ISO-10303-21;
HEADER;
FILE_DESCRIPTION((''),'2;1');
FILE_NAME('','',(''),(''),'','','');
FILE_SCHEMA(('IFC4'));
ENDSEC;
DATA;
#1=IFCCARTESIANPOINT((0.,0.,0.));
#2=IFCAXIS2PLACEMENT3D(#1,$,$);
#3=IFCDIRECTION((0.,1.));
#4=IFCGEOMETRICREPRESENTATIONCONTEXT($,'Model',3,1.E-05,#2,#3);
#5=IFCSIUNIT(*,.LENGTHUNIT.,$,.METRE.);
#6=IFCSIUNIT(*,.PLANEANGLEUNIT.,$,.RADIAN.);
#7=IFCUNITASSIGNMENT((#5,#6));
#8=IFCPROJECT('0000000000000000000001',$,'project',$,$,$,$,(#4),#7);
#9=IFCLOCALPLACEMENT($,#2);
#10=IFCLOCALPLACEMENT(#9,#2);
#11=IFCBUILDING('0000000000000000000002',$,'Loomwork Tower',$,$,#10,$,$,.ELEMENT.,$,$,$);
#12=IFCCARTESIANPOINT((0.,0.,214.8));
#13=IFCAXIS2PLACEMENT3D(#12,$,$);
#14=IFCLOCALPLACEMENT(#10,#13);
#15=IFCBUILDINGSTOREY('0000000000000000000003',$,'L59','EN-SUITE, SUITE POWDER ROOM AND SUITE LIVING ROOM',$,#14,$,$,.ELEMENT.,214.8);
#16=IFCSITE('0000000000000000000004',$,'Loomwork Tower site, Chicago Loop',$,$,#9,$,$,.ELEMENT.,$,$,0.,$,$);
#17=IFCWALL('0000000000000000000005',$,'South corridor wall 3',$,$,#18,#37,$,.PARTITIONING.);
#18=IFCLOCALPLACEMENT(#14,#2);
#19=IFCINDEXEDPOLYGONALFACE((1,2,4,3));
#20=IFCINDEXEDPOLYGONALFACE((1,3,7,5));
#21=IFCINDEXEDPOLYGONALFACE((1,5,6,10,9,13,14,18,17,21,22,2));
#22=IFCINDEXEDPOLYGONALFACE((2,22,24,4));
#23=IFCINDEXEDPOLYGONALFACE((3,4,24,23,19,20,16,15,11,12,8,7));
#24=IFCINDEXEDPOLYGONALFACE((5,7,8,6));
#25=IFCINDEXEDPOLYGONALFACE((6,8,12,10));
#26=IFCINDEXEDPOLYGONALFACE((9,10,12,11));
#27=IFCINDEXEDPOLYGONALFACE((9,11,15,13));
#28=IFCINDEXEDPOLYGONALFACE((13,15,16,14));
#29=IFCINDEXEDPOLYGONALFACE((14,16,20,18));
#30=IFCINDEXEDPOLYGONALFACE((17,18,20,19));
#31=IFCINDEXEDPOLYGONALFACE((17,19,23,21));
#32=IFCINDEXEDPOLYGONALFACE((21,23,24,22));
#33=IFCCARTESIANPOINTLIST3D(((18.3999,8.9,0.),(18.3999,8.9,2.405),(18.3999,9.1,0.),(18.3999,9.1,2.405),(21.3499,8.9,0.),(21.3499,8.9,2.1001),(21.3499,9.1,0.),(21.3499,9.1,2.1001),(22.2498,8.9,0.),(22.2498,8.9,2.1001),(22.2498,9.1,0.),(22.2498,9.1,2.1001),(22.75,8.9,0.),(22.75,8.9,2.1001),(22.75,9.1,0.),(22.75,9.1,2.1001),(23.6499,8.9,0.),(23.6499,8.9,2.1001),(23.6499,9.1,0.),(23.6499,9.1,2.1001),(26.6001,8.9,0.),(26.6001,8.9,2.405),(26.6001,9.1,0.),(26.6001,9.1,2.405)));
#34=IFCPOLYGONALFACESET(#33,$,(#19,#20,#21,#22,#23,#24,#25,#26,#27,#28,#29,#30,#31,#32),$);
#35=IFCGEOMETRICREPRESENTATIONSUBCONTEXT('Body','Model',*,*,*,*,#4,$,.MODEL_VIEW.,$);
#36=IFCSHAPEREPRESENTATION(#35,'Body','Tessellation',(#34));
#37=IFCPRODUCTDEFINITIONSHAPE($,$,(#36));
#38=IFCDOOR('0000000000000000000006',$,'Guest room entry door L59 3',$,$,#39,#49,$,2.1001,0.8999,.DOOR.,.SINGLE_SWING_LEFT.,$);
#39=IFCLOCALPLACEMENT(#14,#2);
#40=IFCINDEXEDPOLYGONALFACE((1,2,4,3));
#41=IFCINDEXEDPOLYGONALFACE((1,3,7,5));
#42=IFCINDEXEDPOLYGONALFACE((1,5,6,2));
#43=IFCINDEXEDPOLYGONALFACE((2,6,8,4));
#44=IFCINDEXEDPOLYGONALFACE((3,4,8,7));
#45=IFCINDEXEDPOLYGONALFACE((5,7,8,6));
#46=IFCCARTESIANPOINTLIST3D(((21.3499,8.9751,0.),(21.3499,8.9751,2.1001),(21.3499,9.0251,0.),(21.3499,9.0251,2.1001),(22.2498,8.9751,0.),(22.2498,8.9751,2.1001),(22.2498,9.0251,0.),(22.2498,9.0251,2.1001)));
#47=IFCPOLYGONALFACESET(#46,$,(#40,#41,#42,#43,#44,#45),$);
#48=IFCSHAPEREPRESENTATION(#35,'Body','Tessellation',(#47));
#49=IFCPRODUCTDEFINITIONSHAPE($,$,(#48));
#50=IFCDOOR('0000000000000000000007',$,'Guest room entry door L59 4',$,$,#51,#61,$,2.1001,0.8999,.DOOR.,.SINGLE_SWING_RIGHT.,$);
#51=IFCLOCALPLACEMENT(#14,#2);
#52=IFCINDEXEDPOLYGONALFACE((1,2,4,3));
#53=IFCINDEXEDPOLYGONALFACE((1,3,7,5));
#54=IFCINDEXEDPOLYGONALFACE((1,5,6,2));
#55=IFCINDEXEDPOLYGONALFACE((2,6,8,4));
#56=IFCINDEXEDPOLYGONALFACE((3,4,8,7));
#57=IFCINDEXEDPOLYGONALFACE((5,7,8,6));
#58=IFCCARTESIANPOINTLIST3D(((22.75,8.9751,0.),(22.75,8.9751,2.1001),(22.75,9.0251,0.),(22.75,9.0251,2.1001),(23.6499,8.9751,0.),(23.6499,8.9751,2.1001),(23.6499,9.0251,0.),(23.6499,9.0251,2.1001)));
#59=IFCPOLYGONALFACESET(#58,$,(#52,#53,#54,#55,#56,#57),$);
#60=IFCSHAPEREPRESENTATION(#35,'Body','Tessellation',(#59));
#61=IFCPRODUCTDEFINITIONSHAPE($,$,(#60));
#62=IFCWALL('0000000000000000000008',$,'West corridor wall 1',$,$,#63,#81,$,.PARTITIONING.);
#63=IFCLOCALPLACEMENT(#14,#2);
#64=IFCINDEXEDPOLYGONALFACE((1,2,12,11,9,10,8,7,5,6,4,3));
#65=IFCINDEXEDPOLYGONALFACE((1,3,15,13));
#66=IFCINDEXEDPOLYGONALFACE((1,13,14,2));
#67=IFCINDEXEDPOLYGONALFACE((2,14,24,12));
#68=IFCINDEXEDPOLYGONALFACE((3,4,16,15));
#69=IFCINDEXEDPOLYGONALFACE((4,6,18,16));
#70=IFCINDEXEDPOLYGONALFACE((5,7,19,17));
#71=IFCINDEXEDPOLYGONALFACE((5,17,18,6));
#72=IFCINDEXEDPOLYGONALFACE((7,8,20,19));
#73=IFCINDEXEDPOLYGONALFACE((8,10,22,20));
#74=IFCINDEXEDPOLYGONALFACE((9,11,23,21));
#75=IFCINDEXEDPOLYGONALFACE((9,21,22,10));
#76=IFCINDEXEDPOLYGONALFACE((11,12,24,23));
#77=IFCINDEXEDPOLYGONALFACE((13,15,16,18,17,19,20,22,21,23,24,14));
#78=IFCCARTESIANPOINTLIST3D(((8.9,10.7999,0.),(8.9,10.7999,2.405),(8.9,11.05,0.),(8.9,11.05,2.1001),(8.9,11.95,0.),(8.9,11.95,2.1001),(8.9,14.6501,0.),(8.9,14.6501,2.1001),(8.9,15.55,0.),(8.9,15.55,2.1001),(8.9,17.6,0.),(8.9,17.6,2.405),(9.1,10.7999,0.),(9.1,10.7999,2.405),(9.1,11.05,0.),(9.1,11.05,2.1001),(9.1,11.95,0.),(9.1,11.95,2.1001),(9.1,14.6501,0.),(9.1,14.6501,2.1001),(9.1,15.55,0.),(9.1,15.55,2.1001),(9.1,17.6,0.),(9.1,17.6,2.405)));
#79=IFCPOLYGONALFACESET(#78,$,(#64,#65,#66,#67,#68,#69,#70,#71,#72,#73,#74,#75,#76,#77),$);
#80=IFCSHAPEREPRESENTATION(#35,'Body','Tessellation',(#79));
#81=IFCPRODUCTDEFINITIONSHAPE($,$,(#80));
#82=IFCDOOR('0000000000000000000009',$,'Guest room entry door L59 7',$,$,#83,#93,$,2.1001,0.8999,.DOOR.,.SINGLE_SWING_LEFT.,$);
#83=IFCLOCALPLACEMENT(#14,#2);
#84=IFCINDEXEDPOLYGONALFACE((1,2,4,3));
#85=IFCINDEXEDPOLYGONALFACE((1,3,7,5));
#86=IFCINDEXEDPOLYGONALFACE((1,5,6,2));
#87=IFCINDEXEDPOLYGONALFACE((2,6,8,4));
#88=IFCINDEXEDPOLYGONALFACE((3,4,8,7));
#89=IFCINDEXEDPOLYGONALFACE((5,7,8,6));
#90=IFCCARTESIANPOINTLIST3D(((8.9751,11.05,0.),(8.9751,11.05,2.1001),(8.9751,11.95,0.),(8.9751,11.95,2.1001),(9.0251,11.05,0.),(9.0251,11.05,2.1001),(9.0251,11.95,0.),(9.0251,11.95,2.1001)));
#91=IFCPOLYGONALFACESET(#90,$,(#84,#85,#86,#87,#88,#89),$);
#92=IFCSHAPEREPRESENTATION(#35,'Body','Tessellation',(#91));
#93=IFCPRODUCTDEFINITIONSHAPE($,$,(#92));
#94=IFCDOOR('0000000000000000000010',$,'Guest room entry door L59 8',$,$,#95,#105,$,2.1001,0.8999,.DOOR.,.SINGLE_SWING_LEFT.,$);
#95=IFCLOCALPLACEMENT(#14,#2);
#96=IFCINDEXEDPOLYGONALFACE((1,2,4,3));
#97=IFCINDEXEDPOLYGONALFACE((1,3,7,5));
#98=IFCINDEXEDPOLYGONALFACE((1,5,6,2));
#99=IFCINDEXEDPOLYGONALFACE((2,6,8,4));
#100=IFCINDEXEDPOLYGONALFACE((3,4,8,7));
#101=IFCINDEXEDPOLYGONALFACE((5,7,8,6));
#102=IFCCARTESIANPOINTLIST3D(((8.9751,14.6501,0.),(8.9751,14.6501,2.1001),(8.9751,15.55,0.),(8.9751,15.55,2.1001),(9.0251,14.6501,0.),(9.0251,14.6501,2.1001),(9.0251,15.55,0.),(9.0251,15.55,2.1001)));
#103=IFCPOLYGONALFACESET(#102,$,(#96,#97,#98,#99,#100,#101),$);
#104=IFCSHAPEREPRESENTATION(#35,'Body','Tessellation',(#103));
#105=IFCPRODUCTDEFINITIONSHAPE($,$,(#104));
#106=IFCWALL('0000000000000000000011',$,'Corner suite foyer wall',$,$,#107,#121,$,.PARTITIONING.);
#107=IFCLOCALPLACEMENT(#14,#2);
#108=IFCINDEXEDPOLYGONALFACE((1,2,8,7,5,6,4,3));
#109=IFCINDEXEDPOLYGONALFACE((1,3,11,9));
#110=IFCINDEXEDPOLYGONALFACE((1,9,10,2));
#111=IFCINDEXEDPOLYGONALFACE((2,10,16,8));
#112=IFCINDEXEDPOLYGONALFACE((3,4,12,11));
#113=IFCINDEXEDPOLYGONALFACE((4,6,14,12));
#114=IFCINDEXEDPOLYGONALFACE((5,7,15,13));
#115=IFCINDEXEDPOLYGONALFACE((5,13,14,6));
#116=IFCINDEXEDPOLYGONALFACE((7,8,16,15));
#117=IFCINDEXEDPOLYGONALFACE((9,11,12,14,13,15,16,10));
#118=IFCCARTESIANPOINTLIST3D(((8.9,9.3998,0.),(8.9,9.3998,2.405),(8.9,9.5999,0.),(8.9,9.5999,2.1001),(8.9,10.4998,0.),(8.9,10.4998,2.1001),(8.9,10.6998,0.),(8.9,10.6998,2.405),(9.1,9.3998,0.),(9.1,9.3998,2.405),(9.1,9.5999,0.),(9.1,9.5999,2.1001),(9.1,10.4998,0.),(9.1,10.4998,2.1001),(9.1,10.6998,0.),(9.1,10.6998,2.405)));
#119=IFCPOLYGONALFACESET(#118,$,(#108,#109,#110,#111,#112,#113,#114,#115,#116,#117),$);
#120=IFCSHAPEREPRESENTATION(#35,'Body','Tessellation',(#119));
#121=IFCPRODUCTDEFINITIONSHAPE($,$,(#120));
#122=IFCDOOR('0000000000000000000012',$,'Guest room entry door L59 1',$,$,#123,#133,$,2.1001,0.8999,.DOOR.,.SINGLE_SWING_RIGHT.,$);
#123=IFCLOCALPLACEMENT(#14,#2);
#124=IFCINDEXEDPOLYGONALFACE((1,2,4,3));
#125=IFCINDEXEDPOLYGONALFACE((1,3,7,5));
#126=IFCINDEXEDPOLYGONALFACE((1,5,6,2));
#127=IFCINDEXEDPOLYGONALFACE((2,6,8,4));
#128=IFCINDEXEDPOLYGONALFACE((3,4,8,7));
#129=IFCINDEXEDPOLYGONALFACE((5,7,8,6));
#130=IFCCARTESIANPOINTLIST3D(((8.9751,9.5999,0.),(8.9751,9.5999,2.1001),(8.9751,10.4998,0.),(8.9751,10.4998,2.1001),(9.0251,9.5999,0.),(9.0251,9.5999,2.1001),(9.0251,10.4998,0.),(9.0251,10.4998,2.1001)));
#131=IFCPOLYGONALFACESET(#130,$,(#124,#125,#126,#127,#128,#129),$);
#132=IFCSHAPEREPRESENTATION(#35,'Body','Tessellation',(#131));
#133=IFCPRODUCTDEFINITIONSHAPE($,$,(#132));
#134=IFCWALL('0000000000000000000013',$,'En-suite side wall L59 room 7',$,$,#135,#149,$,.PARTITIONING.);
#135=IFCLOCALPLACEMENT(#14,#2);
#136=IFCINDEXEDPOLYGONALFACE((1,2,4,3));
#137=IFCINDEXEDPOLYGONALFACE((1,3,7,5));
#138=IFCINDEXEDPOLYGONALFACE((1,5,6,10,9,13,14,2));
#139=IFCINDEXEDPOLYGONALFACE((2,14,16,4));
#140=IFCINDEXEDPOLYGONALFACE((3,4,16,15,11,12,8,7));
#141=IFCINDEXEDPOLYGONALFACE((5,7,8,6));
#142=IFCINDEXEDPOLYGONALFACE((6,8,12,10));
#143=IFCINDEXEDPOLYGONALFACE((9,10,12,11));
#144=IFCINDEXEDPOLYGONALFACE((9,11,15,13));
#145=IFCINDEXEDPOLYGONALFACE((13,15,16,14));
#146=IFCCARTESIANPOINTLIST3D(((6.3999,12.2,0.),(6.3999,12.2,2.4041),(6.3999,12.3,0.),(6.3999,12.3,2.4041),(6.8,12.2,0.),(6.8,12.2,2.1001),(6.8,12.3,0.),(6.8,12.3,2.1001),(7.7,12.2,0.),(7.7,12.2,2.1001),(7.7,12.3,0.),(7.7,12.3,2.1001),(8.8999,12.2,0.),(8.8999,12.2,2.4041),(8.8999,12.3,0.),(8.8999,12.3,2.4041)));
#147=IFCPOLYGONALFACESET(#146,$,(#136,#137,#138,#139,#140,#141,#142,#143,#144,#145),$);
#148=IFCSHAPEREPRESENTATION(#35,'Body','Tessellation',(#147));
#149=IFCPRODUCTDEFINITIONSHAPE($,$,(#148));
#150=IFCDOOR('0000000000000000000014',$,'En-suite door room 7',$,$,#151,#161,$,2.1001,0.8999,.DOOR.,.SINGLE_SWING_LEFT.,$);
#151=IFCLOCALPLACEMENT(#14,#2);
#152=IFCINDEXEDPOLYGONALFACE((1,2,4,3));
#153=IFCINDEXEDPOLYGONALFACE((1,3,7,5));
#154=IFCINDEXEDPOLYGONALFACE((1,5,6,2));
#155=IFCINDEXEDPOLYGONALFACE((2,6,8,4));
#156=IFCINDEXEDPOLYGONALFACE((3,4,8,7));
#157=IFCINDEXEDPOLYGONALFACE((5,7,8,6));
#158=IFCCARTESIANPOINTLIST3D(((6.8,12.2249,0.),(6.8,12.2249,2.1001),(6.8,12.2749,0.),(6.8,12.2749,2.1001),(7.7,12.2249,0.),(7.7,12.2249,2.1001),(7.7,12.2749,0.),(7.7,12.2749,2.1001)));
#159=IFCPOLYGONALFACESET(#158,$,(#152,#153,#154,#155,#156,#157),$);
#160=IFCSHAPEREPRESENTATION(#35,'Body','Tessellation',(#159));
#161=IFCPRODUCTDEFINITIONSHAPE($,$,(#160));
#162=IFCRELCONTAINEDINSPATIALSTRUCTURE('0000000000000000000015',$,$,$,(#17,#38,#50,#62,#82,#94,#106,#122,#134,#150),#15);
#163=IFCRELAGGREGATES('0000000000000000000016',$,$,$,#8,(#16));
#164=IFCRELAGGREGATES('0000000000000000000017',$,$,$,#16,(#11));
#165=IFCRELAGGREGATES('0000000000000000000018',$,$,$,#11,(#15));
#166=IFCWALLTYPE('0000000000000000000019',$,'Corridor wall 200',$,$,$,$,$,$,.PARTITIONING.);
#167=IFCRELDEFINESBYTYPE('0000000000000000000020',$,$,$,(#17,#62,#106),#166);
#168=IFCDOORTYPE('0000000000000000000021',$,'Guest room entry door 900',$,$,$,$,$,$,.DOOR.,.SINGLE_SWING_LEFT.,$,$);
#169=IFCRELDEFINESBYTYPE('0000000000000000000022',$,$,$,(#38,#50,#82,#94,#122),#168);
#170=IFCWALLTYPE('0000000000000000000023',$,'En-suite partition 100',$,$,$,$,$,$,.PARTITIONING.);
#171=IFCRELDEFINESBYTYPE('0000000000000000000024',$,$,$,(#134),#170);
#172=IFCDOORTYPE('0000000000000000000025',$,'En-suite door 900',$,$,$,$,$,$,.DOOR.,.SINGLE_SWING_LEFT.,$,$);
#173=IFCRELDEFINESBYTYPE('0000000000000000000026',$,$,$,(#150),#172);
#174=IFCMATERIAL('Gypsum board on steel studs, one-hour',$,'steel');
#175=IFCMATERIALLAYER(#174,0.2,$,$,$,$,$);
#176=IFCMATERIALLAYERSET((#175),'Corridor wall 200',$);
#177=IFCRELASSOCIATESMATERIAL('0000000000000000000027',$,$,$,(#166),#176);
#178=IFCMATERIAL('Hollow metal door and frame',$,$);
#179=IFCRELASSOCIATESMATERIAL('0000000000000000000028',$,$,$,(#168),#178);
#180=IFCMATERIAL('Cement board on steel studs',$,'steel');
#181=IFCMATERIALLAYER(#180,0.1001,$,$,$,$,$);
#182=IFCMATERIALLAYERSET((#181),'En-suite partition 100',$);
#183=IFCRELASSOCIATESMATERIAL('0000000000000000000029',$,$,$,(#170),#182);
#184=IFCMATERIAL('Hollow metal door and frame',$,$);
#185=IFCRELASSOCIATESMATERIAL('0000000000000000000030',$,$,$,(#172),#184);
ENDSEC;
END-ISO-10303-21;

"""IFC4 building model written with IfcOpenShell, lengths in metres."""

from ifc_helpers import new_model, si_unit, direction, frame, frame_2d, origin, place, context, subcontext, project, spatial, rectangle, extrude, material, layer, layer_set, type_object, element, fill, save


model = new_model("IFC4")

# Units and contexts
model_context = context("Model", 3, precision=1e-05, world=origin(), true_north=direction((0.0, 1.0)))
body_context = subcontext(model_context, "Body", "Model", "MODEL_VIEW")
ifc_project = project(units=[si_unit("LENGTHUNIT", "METRE"), si_unit("PLANEANGLEUNIT", "RADIAN")], contexts=[model_context])

# Site, building, storey
site_placement = place(None, origin())
site = spatial("IfcSite", under=ifc_project, at=site_placement, Name="Loomwork Tower site, Chicago Loop", CompositionType="ELEMENT", RefElevation=0.0)
building_placement = place(site_placement, origin())
building = spatial("IfcBuilding", under=site, at=building_placement, Name="Loomwork Tower", CompositionType="ELEMENT")
storey_placement = place(building_placement, frame((0.0, 0.0, 214.8)))
storey = spatial("IfcBuildingStorey", under=building, at=storey_placement, Name="L59", Description="EN-SUITE, SUITE POWDER ROOM AND SUITE LIVING ROOM", CompositionType="ELEMENT", Elevation=214.8)

# Walls, openings, doors
ifc_material_1 = material(Name="Gypsum board on steel studs, one-hour", Category="steel")
ifc_layer_1 = layer(ifc_material_1, 0.2)
ifc_layer_set_1 = layer_set([ifc_layer_1], Name="Corridor wall 200")
wall_type_1 = type_object("IfcWallType", Name="Corridor wall 200", PredefinedType="PARTITIONING", material=ifc_layer_set_1)
wall_1_placement = place(storey_placement, frame((18.3999, 9.0, 0.0), z_axis=(0.0, 0.0, 1.0), x_axis=(1.0, 0.0, 0.0)))
wall_1 = element("IfcWall", 1, at=wall_1_placement, inside=storey, type_object=wall_type_1, Name="South corridor wall 3", PredefinedType="PARTITIONING", context=body_context, shape_type="SweptSolid", body=[
    extrude(rectangle(XDim=8.2002, YDim=0.2, at=frame_2d((4.1001, 0.0))), origin(), (0.0, 0.0, 1.0), 2.405),
])
opening_1_placement = place(wall_1_placement, frame((2.95, 0.0, 0.0)))
opening_1 = element("IfcOpeningElement", 2, at=opening_1_placement, cuts=wall_1, PredefinedType="OPENING", context=body_context, shape_type="SweptSolid", body=[
    extrude(rectangle(XDim=0.8999, YDim=2.1001, at=frame_2d((0.45, 1.05))), frame((0.0, 0.1099, 0.0), z_axis=(0.0, -1.0, 0.0), x_axis=(1.0, 0.0, 0.0)), (0.0, 0.0, 1.0), 0.22),
])
opening_2_placement = place(wall_1_placement, frame((4.3501, 0.0, 0.0)))
opening_2 = element("IfcOpeningElement", 3, at=opening_2_placement, cuts=wall_1, PredefinedType="OPENING", context=body_context, shape_type="SweptSolid", body=[
    extrude(rectangle(XDim=0.8999, YDim=2.1001, at=frame_2d((0.45, 1.05))), frame((0.0, 0.1099, 0.0), z_axis=(0.0, -1.0, 0.0), x_axis=(1.0, 0.0, 0.0)), (0.0, 0.0, 1.0), 0.22),
])
ifc_material_2 = material(Name="Hollow metal door and frame")
door_type_1 = type_object("IfcDoorType", Name="Guest room entry door 900", OperationType="SINGLE_SWING_LEFT", PredefinedType="DOOR", material=ifc_material_2)
door_1_placement = place(opening_1_placement, frame((0.8999, 0.0, 0.0), z_axis=(0.0, 0.0, 1.0), x_axis=(-1.0, 0.0, 0.0)))
door_1 = element("IfcDoor", 4, at=door_1_placement, inside=storey, type_object=door_type_1, Name="Guest room entry door L59 3", OperationType="SINGLE_SWING_LEFT", OverallHeight=2.1001, OverallWidth=0.8999, PredefinedType="DOOR", context=body_context, shape_type="SweptSolid", body=[
    extrude(rectangle(XDim=0.8999, YDim=2.1001, at=frame_2d((0.45, 1.05))), frame((0.0, 0.0249, 0.0), z_axis=(0.0, -1.0, 0.0), x_axis=(1.0, 0.0, 0.0)), (0.0, 0.0, 1.0), 0.05),
])
fill(opening_1, door_1)
door_2_placement = place(opening_2_placement, frame((0.8999, 0.0, 0.0), z_axis=(0.0, 0.0, 1.0), x_axis=(-1.0, 0.0, 0.0)))
door_2 = element("IfcDoor", 5, at=door_2_placement, inside=storey, type_object=door_type_1, Name="Guest room entry door L59 4", OperationType="SINGLE_SWING_RIGHT", OverallHeight=2.1001, OverallWidth=0.8999, PredefinedType="DOOR", context=body_context, shape_type="SweptSolid", body=[
    extrude(rectangle(XDim=0.8999, YDim=2.1001, at=frame_2d((0.45, 1.05))), frame((0.0, 0.0249, 0.0), z_axis=(0.0, -1.0, 0.0), x_axis=(1.0, 0.0, 0.0)), (0.0, 0.0, 1.0), 0.05),
])
fill(opening_2, door_2)
wall_2_placement = place(storey_placement, frame((9.0, 10.8, 0.0), z_axis=(0.0, 0.0, 1.0), x_axis=(0.0, 1.0, 0.0)))
wall_2 = element("IfcWall", 6, at=wall_2_placement, inside=storey, type_object=wall_type_1, Name="West corridor wall 1", PredefinedType="PARTITIONING", context=body_context, shape_type="SweptSolid", body=[
    extrude(rectangle(XDim=6.8, YDim=0.2, at=frame_2d((3.3999, 0.0))), origin(), (0.0, 0.0, 1.0), 2.405),
])
opening_3_placement = place(wall_2_placement, frame((0.25, 0.0, 0.0)))
opening_3 = element("IfcOpeningElement", 7, at=opening_3_placement, cuts=wall_2, PredefinedType="OPENING", context=body_context, shape_type="SweptSolid", body=[
    extrude(rectangle(XDim=0.8999, YDim=2.1001, at=frame_2d((0.45, 1.05))), frame((0.0, 0.1099, 0.0), z_axis=(0.0, -1.0, 0.0), x_axis=(1.0, 0.0, 0.0)), (0.0, 0.0, 1.0), 0.22),
])
opening_4_placement = place(wall_2_placement, frame((3.8501, 0.0, 0.0)))
opening_4 = element("IfcOpeningElement", 8, at=opening_4_placement, cuts=wall_2, PredefinedType="OPENING", context=body_context, shape_type="SweptSolid", body=[
    extrude(rectangle(XDim=0.8999, YDim=2.1001, at=frame_2d((0.45, 1.05))), frame((0.0, 0.1099, 0.0), z_axis=(0.0, -1.0, 0.0), x_axis=(1.0, 0.0, 0.0)), (0.0, 0.0, 1.0), 0.22),
])
door_3_placement = place(opening_3_placement, origin())
door_3 = element("IfcDoor", 9, at=door_3_placement, inside=storey, type_object=door_type_1, Name="Guest room entry door L59 7", OperationType="SINGLE_SWING_LEFT", OverallHeight=2.1001, OverallWidth=0.8999, PredefinedType="DOOR", context=body_context, shape_type="SweptSolid", body=[
    extrude(rectangle(XDim=0.8999, YDim=2.1001, at=frame_2d((0.45, 1.05))), frame((0.0, 0.0249, 0.0), z_axis=(0.0, -1.0, 0.0), x_axis=(1.0, 0.0, 0.0)), (0.0, 0.0, 1.0), 0.05),
])
fill(opening_3, door_3)
door_4_placement = place(opening_4_placement, origin())
door_4 = element("IfcDoor", 10, at=door_4_placement, inside=storey, type_object=door_type_1, Name="Guest room entry door L59 8", OperationType="SINGLE_SWING_LEFT", OverallHeight=2.1001, OverallWidth=0.8999, PredefinedType="DOOR", context=body_context, shape_type="SweptSolid", body=[
    extrude(rectangle(XDim=0.8999, YDim=2.1001, at=frame_2d((0.45, 1.05))), frame((0.0, 0.0249, 0.0), z_axis=(0.0, -1.0, 0.0), x_axis=(1.0, 0.0, 0.0)), (0.0, 0.0, 1.0), 0.05),
])
fill(opening_4, door_4)

# Walls, openings, doors
wall_3_placement = place(storey_placement, frame((9.0, 9.3999, 0.0), z_axis=(0.0, 0.0, 1.0), x_axis=(0.0, 1.0, 0.0)))
wall_3 = element("IfcWall", 11, at=wall_3_placement, inside=storey, type_object=wall_type_1, Name="Corner suite foyer wall", PredefinedType="PARTITIONING", context=body_context, shape_type="SweptSolid", body=[
    extrude(rectangle(XDim=1.3, YDim=0.2, at=frame_2d((0.6499, 0.0))), origin(), (0.0, 0.0, 1.0), 2.405),
])
opening_5_placement = place(wall_3_placement, frame((0.2, 0.0, 0.0)))
opening_5 = element("IfcOpeningElement", 12, at=opening_5_placement, cuts=wall_3, PredefinedType="OPENING", context=body_context, shape_type="SweptSolid", body=[
    extrude(rectangle(XDim=0.8999, YDim=2.1001, at=frame_2d((0.45, 1.05))), frame((0.0, 0.1099, 0.0), z_axis=(0.0, -1.0, 0.0), x_axis=(1.0, 0.0, 0.0)), (0.0, 0.0, 1.0), 0.22),
])
door_5_placement = place(opening_5_placement, origin())
door_5 = element("IfcDoor", 13, at=door_5_placement, inside=storey, type_object=door_type_1, Name="Guest room entry door L59 1", OperationType="SINGLE_SWING_RIGHT", OverallHeight=2.1001, OverallWidth=0.8999, PredefinedType="DOOR", context=body_context, shape_type="SweptSolid", body=[
    extrude(rectangle(XDim=0.8999, YDim=2.1001, at=frame_2d((0.45, 1.05))), frame((0.0, 0.0249, 0.0), z_axis=(0.0, -1.0, 0.0), x_axis=(1.0, 0.0, 0.0)), (0.0, 0.0, 1.0), 0.05),
])
fill(opening_5, door_5)
ifc_material_3 = material(Name="Cement board on steel studs", Category="steel")
ifc_layer_2 = layer(ifc_material_3, 0.1001)
ifc_layer_set_2 = layer_set([ifc_layer_2], Name="En-suite partition 100")
wall_type_2 = type_object("IfcWallType", Name="En-suite partition 100", PredefinedType="PARTITIONING", material=ifc_layer_set_2)
wall_4_placement = place(storey_placement, frame((8.8999, 12.25, 0.0), z_axis=(0.0, 0.0, 1.0), x_axis=(-1.0, 0.0, 0.0)))
wall_4 = element("IfcWall", 14, at=wall_4_placement, inside=storey, type_object=wall_type_2, Name="En-suite side wall L59 room 7", PredefinedType="PARTITIONING", context=body_context, shape_type="SweptSolid", body=[
    extrude(rectangle(XDim=2.5, YDim=0.1001, at=frame_2d((1.25, 0.0))), origin(), (0.0, 0.0, 1.0), 2.4041),
])
opening_6_placement = place(wall_4_placement, frame((1.2, 0.0, 0.0)))
opening_6 = element("IfcOpeningElement", 15, at=opening_6_placement, cuts=wall_4, PredefinedType="OPENING", context=body_context, shape_type="SweptSolid", body=[
    extrude(rectangle(XDim=0.8999, YDim=2.1001, at=frame_2d((0.45, 1.05))), frame((0.0, 0.0601, 0.0), z_axis=(0.0, -1.0, 0.0), x_axis=(1.0, 0.0, 0.0)), (0.0, 0.0, 1.0), 0.1201),
])
ifc_material_4 = material(Name="Hollow metal door and frame")
door_type_2 = type_object("IfcDoorType", Name="En-suite door 900", OperationType="SINGLE_SWING_LEFT", PredefinedType="DOOR", material=ifc_material_4)
door_6_placement = place(opening_6_placement, frame((0.8999, 0.0, 0.0), z_axis=(0.0, 0.0, 1.0), x_axis=(-1.0, 0.0, 0.0)))
door_6 = element("IfcDoor", 16, at=door_6_placement, inside=storey, type_object=door_type_2, Name="En-suite door room 7", OperationType="SINGLE_SWING_LEFT", OverallHeight=2.1001, OverallWidth=0.8999, PredefinedType="DOOR", context=body_context, shape_type="SweptSolid", body=[
    extrude(rectangle(XDim=0.8999, YDim=2.1001, at=frame_2d((0.45, 1.05))), frame((0.0, 0.0249, 0.0), z_axis=(0.0, -1.0, 0.0), x_axis=(1.0, 0.0, 0.0)), (0.0, 0.0, 1.0), 0.05),
])
fill(opening_6, door_6)

save(model, "model.ifc")
